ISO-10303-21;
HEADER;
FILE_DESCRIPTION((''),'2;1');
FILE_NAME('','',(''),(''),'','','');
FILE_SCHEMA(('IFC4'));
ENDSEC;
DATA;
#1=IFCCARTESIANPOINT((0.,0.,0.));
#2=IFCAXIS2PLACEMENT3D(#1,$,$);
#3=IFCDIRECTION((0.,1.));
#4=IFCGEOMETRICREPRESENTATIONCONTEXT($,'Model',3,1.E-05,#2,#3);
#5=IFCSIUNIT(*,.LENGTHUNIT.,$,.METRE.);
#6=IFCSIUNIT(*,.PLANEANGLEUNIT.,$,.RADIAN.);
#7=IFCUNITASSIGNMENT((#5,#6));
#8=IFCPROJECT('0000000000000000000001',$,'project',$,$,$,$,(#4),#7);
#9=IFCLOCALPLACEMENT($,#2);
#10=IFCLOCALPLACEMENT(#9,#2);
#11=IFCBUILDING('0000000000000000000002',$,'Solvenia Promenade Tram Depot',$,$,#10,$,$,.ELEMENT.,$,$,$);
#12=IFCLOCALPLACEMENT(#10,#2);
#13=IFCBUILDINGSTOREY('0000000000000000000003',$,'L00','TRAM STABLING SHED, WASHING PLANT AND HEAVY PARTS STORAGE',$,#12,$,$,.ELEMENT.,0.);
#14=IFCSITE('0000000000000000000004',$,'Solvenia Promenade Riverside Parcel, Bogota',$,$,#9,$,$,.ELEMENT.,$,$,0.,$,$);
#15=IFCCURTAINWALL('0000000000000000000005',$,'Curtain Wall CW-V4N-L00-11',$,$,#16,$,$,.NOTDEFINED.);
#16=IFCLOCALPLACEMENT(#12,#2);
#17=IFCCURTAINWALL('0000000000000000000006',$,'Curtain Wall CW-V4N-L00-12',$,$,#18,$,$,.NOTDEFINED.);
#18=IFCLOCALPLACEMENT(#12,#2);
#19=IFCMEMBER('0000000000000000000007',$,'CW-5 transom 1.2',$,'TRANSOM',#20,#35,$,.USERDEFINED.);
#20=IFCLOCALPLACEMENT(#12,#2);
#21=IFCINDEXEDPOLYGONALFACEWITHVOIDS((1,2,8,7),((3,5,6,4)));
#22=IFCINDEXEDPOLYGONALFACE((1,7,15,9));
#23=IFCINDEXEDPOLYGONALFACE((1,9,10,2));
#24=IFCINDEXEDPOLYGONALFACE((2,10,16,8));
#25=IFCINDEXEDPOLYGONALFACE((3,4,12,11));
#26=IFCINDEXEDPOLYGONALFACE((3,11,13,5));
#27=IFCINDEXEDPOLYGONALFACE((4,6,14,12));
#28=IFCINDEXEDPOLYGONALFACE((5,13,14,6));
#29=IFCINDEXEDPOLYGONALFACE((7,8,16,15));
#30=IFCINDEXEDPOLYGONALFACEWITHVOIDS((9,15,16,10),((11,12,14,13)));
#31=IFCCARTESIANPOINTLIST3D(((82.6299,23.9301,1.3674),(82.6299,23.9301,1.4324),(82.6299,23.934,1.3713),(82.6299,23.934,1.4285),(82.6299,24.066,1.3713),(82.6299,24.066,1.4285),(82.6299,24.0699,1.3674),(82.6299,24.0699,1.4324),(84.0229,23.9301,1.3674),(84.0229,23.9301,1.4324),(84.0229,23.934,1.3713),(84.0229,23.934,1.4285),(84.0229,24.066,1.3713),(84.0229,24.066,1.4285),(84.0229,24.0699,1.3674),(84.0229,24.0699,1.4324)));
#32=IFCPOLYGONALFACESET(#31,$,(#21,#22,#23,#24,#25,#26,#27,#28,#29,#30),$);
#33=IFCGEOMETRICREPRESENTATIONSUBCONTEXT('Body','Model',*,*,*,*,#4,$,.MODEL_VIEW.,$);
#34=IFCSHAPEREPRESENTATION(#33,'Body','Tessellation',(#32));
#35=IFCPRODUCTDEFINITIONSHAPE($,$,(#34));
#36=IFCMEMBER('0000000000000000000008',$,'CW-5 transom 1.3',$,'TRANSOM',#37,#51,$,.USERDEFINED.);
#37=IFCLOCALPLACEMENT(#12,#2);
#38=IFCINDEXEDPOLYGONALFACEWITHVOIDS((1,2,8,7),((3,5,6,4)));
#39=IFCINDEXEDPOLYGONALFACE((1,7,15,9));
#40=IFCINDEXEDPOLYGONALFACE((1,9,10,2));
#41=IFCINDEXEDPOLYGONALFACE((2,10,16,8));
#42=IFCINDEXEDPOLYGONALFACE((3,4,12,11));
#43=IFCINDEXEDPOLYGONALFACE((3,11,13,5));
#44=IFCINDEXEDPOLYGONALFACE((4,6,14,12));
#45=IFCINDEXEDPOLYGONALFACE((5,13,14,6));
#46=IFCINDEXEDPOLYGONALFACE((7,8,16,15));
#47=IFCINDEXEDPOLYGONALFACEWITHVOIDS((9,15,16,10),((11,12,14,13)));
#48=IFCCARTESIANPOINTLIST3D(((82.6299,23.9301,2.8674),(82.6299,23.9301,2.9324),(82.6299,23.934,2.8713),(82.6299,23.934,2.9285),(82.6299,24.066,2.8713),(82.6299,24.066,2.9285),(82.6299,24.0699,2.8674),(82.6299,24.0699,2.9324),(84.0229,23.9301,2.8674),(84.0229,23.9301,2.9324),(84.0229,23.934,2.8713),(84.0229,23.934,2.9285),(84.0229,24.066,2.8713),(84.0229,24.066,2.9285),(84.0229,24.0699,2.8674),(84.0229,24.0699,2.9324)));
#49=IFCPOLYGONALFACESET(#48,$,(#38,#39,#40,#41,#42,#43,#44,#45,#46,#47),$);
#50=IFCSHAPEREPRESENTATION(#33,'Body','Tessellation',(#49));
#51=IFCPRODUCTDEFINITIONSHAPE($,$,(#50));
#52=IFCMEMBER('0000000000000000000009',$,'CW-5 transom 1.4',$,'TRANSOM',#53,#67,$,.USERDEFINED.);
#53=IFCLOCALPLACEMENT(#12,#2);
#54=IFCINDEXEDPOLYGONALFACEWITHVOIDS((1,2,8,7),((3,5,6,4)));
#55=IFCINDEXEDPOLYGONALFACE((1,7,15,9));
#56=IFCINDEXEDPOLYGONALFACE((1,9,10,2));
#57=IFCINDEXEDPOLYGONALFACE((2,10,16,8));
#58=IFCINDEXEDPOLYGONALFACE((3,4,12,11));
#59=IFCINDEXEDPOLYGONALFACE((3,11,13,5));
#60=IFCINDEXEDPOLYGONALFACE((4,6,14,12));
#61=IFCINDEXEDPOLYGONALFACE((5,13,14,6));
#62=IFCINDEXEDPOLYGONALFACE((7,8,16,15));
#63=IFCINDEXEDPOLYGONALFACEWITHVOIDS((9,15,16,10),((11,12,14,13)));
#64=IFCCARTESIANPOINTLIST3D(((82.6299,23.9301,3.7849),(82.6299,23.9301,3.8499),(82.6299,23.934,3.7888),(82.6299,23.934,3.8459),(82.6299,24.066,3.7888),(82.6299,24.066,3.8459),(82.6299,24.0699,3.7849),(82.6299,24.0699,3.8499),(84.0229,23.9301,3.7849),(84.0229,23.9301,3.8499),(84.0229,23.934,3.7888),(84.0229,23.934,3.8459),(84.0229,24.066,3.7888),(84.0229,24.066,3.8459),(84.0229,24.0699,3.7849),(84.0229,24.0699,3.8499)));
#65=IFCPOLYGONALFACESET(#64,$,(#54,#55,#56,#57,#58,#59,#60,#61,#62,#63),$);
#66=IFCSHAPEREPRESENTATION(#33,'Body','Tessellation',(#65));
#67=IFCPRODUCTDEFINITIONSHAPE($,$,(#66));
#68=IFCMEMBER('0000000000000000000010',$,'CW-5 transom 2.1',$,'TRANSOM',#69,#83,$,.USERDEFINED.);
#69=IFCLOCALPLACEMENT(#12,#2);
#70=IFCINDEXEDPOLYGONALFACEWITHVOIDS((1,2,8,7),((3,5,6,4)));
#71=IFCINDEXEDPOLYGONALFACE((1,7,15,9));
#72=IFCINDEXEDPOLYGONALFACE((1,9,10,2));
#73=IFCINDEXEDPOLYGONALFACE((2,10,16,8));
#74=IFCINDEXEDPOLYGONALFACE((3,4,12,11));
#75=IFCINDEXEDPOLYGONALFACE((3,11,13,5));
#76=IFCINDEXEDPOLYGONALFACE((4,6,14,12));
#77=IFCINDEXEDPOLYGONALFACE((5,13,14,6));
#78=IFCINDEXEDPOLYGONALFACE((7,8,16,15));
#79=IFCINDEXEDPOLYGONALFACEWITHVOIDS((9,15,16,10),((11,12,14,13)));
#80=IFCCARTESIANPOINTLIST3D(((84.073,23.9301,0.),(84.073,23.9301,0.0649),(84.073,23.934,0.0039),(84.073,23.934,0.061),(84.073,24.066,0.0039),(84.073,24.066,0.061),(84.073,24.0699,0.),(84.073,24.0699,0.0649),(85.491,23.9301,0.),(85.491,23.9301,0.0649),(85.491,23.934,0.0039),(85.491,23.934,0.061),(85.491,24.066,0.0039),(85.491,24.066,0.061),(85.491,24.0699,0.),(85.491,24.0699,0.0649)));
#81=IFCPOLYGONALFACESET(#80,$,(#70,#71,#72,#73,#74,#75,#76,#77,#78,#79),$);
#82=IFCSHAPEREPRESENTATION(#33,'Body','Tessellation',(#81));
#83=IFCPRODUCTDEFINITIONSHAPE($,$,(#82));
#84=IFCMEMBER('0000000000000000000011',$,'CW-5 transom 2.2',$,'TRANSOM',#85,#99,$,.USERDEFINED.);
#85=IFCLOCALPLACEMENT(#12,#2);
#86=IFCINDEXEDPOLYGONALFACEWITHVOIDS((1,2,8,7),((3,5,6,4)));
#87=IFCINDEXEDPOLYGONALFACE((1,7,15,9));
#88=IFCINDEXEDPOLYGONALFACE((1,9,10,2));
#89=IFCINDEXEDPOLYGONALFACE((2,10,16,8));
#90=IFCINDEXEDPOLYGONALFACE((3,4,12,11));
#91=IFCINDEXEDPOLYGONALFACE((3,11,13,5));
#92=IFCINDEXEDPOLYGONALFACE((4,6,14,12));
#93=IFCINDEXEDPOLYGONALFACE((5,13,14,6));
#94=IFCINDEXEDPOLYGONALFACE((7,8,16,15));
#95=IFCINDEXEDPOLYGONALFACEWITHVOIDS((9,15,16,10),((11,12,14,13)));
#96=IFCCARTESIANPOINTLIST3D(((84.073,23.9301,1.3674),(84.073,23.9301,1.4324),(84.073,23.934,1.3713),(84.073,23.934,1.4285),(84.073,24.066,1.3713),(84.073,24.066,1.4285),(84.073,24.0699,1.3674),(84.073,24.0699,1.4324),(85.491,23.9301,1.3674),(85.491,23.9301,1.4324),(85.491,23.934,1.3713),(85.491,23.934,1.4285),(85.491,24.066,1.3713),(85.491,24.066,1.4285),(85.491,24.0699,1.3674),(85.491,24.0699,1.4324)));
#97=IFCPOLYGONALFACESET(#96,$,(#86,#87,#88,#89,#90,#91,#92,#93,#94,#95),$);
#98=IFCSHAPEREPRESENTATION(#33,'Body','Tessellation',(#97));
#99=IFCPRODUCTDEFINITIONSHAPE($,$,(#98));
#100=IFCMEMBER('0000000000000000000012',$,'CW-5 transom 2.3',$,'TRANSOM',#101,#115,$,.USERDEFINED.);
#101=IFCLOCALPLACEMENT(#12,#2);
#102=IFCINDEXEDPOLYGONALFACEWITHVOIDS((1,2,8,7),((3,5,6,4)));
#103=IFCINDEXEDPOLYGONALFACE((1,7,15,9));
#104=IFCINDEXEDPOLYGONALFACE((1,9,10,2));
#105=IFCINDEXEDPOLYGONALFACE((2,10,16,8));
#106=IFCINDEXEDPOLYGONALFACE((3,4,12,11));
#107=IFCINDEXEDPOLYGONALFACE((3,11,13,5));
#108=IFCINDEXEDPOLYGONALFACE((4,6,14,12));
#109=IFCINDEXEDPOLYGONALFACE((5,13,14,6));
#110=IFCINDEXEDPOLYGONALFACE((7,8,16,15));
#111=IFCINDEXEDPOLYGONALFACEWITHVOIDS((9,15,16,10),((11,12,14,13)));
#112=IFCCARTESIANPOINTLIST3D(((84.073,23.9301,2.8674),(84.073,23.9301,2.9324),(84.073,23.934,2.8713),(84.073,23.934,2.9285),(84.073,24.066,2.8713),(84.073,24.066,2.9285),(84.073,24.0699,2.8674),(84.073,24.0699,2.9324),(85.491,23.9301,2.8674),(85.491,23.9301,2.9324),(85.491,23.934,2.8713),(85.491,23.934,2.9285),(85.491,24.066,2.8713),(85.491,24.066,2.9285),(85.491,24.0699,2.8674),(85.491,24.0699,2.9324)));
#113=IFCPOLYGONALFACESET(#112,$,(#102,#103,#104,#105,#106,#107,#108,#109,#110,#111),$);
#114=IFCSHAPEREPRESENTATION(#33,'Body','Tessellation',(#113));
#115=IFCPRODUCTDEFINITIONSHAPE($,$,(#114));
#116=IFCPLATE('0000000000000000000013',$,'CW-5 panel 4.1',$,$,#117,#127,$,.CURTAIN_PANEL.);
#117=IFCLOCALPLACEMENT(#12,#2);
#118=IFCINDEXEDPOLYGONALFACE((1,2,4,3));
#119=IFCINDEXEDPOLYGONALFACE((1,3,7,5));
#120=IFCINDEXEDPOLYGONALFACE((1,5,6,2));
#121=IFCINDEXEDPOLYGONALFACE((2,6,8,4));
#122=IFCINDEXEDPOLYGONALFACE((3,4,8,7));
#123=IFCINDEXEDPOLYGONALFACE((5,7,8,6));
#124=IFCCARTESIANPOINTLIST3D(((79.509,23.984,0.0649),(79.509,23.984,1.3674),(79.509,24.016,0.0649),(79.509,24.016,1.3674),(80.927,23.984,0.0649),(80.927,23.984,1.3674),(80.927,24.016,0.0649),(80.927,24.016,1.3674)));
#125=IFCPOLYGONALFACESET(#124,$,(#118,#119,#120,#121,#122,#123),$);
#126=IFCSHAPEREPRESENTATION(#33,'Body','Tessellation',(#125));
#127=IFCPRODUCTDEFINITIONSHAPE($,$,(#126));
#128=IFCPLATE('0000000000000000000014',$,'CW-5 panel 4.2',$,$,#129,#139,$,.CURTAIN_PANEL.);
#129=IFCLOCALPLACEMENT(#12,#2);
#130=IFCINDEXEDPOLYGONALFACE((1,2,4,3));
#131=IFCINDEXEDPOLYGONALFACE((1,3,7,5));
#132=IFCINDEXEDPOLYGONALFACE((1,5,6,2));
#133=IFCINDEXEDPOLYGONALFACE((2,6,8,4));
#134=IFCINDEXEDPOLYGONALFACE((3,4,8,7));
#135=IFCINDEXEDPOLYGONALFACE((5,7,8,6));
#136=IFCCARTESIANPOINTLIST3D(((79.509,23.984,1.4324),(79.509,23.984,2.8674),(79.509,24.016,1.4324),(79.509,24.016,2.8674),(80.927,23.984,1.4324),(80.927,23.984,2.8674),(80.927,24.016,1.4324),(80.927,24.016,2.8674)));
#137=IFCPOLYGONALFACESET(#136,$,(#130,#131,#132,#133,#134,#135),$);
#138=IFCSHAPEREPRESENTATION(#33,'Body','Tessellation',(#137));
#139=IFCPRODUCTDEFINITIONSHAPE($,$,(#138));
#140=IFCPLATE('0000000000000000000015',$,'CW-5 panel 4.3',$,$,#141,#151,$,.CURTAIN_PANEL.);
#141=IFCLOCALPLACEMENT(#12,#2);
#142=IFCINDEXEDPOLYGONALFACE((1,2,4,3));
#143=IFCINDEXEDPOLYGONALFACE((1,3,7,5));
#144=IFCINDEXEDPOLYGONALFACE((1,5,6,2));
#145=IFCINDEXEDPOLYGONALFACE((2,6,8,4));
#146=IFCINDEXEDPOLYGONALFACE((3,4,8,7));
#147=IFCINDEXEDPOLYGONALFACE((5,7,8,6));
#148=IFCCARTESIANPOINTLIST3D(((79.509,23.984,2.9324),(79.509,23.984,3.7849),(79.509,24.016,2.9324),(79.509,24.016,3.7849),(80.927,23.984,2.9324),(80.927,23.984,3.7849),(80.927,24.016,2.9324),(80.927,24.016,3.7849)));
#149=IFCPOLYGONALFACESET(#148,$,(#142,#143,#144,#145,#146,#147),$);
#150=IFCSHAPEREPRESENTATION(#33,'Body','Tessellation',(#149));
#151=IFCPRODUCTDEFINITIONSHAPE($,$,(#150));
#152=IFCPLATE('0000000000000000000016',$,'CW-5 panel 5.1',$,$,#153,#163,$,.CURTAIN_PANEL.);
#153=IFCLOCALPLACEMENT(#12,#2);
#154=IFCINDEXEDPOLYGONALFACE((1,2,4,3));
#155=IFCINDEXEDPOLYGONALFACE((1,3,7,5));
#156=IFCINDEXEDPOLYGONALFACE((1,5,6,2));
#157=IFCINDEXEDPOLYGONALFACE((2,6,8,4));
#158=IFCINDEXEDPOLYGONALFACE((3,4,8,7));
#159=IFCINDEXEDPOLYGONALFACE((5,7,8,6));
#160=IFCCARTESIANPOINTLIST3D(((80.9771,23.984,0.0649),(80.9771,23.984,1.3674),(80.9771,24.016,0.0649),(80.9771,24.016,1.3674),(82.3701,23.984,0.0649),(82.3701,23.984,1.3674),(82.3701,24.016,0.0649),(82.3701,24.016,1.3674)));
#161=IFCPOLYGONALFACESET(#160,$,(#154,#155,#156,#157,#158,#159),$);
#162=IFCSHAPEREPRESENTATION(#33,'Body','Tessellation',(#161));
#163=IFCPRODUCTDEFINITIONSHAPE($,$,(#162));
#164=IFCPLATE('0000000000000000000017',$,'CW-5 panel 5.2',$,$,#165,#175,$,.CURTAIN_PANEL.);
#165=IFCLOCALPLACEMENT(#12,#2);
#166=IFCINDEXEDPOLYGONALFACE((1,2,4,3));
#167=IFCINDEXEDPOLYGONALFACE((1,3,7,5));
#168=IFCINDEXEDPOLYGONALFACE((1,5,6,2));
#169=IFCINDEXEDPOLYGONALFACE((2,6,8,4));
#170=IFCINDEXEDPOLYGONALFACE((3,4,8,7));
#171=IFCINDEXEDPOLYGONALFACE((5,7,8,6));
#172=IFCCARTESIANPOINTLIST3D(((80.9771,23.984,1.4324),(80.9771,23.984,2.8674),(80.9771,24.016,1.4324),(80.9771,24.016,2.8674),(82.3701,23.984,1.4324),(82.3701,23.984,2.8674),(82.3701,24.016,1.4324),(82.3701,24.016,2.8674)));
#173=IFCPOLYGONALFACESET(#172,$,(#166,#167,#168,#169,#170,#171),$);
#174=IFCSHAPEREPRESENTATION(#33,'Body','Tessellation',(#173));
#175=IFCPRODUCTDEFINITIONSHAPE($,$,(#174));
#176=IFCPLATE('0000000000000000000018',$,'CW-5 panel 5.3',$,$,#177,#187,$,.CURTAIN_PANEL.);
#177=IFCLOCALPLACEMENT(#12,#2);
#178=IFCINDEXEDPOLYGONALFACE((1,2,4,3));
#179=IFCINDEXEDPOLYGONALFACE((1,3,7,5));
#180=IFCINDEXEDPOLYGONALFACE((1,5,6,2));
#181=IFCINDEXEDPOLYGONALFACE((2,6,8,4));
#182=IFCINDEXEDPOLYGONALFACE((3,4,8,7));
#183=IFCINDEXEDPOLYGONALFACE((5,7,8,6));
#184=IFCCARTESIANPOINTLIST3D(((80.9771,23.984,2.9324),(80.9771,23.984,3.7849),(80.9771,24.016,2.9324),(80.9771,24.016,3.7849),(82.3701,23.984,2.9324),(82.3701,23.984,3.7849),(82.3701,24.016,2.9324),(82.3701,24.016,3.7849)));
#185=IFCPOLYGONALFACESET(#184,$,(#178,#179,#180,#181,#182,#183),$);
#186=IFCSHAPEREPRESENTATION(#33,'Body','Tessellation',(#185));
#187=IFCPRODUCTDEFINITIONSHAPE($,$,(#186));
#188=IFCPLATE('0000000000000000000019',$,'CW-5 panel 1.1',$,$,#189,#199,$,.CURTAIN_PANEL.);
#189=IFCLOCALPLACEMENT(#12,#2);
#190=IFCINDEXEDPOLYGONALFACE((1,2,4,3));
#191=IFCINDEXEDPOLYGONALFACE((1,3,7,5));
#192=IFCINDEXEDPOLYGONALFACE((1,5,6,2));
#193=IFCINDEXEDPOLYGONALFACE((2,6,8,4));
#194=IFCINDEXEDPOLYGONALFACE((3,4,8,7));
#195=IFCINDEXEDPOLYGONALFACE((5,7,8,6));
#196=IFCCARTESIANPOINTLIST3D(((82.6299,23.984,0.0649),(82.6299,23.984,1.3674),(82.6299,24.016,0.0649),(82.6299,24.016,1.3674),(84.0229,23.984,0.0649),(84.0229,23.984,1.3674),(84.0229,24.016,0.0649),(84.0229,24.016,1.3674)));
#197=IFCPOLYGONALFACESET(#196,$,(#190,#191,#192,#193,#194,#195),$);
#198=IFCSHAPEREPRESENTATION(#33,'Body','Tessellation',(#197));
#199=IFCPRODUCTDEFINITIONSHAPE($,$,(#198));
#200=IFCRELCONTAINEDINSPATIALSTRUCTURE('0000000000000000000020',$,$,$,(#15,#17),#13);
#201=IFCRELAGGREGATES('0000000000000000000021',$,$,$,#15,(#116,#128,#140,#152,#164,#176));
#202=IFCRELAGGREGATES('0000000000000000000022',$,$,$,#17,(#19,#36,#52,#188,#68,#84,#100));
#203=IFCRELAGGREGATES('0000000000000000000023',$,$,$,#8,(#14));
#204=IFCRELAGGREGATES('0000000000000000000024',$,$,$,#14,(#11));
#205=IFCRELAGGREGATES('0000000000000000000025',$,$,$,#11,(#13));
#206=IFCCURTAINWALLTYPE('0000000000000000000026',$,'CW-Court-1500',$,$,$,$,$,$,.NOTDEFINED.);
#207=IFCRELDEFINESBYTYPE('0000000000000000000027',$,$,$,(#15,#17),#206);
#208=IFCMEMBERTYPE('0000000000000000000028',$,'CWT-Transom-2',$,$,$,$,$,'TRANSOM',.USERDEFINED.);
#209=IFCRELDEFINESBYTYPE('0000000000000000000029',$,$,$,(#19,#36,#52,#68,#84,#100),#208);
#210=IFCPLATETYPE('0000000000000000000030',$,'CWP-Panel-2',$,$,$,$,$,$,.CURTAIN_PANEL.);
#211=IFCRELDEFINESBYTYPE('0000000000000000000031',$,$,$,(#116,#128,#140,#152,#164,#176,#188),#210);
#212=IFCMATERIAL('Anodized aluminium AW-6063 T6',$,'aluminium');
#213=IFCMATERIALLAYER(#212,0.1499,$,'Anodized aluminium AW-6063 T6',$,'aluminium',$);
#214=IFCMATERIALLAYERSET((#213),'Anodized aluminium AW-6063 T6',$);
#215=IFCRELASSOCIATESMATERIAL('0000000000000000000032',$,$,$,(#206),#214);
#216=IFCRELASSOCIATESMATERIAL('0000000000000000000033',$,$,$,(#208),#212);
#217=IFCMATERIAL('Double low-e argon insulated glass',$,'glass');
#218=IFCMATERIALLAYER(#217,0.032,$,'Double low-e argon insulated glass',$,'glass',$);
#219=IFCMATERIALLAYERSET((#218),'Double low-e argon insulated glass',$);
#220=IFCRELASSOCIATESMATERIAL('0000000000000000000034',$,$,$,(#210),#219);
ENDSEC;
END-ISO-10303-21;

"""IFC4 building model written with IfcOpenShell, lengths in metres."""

from ifc_helpers import new_model, si_unit, direction, frame, origin, origin_2d, place, context, subcontext, project, spatial, rectangle, hollow_rectangle, extrude, material, layer, layer_set, material_profile, profile_set, type_object, element, aggregate, save


model = new_model("IFC4")

# Units and contexts
model_context = context("Model", 3, precision=1e-05, world=origin(), true_north=direction((0.0, 1.0)))
body_context = subcontext(model_context, "Body", "Model", "MODEL_VIEW")
ifc_project = project(units=[si_unit("LENGTHUNIT", "METRE"), si_unit("PLANEANGLEUNIT", "RADIAN")], contexts=[model_context])

# Site, building, storey
site_placement = place(None, origin())
site = spatial("IfcSite", under=ifc_project, at=site_placement, Name="Solvenia Promenade Riverside Parcel, Bogota", CompositionType="ELEMENT", RefElevation=0.0)
building_placement = place(site_placement, origin())
building = spatial("IfcBuilding", under=site, at=building_placement, Name="Solvenia Promenade Tram Depot", CompositionType="ELEMENT")
storey_placement = place(building_placement, origin())
storey = spatial("IfcBuildingStorey", under=building, at=storey_placement, Name="L00", Description="TRAM STABLING SHED, WASHING PLANT AND HEAVY PARTS STORAGE", CompositionType="ELEMENT", Elevation=0.0)

# Curtain walls
ifc_material_1 = material(Name="Anodized aluminium AW-6063 T6", Category="aluminium")
ifc_layer_1 = layer(ifc_material_1, 0.1499, Name="Anodized aluminium AW-6063 T6", Category="aluminium")
ifc_layer_set_1 = layer_set([ifc_layer_1], Name="Anodized aluminium AW-6063 T6")
curtain_wall_type = type_object("IfcCurtainWallType", Name="CW-Court-1500", PredefinedType="NOTDEFINED", material=ifc_layer_set_1)
curtain_wall_1_placement = place(storey_placement, origin())
curtain_wall_1 = element("IfcCurtainWall", 1, at=curtain_wall_1_placement, inside=storey, type_object=curtain_wall_type, Name="Curtain Wall CW-V4N-L00-11", PredefinedType="NOTDEFINED")
curtain_wall_2_placement = place(storey_placement, origin())
curtain_wall_2 = element("IfcCurtainWall", 2, at=curtain_wall_2_placement, inside=storey, type_object=curtain_wall_type, Name="Curtain Wall CW-V4N-L00-12", PredefinedType="NOTDEFINED")

# Members
ifc_material_profile_1 = material_profile(ifc_material_1, hollow_rectangle(XDim=0.1399, YDim=0.0649, WallThickness=0.0039, at=origin_2d()), Name="ALU-T2", Category="aluminium")
ifc_profile_set_1 = profile_set([ifc_material_profile_1], Name="Anodized aluminium AW-6063 T6")
member_type_1 = type_object("IfcMemberType", Name="CWT-Transom-2", ElementType="TRANSOM", PredefinedType="USERDEFINED", material=ifc_profile_set_1)
member_1_placement = place(storey_placement, frame((82.6299, 24.0, 1.3999), z_axis=(1.0, 0.0, 0.0), x_axis=(0.0, 1.0, 0.0)))
member_1 = element("IfcMember", 3, at=member_1_placement, type_object=member_type_1, Name="CW-5 transom 1.2", ObjectType="TRANSOM", PredefinedType="USERDEFINED", context=body_context, shape_type="SweptSolid", body=[
    extrude(hollow_rectangle(XDim=0.1399, YDim=0.0649, WallThickness=0.0039, at=origin_2d()), origin(), (0.0, 0.0, 1.0), 1.3931),
])
member_2_placement = place(storey_placement, frame((82.6299, 24.0, 2.8999), z_axis=(1.0, 0.0, 0.0), x_axis=(0.0, 1.0, 0.0)))
member_2 = element("IfcMember", 4, at=member_2_placement, type_object=member_type_1, Name="CW-5 transom 1.3", ObjectType="TRANSOM", PredefinedType="USERDEFINED", context=body_context, shape_type="SweptSolid", body=[
    extrude(hollow_rectangle(XDim=0.1399, YDim=0.0649, WallThickness=0.0039, at=origin_2d()), origin(), (0.0, 0.0, 1.0), 1.3931),
])
member_3_placement = place(storey_placement, frame((82.6299, 24.0, 3.8174), z_axis=(1.0, 0.0, 0.0), x_axis=(0.0, 1.0, 0.0)))
member_3 = element("IfcMember", 5, at=member_3_placement, type_object=member_type_1, Name="CW-5 transom 1.4", ObjectType="TRANSOM", PredefinedType="USERDEFINED", context=body_context, shape_type="SweptSolid", body=[
    extrude(hollow_rectangle(XDim=0.1399, YDim=0.0649, WallThickness=0.0039, at=origin_2d()), origin(), (0.0, 0.0, 1.0), 1.3931),
])
member_4_placement = place(storey_placement, frame((84.073, 24.0, 0.0325), z_axis=(1.0, 0.0, 0.0), x_axis=(0.0, 1.0, 0.0)))
member_4 = element("IfcMember", 6, at=member_4_placement, type_object=member_type_1, Name="CW-5 transom 2.1", ObjectType="TRANSOM", PredefinedType="USERDEFINED", context=body_context, shape_type="SweptSolid", body=[
    extrude(hollow_rectangle(XDim=0.1399, YDim=0.0649, WallThickness=0.0039, at=origin_2d()), origin(), (0.0, 0.0, 1.0), 1.418),
])
member_5_placement = place(storey_placement, frame((84.073, 24.0, 1.3999), z_axis=(1.0, 0.0, 0.0), x_axis=(0.0, 1.0, 0.0)))
member_5 = element("IfcMember", 7, at=member_5_placement, type_object=member_type_1, Name="CW-5 transom 2.2", ObjectType="TRANSOM", PredefinedType="USERDEFINED", context=body_context, shape_type="SweptSolid", body=[
    extrude(hollow_rectangle(XDim=0.1399, YDim=0.0649, WallThickness=0.0039, at=origin_2d()), origin(), (0.0, 0.0, 1.0), 1.418),
])
member_6_placement = place(storey_placement, frame((84.073, 24.0, 2.8999), z_axis=(1.0, 0.0, 0.0), x_axis=(0.0, 1.0, 0.0)))
member_6 = element("IfcMember", 8, at=member_6_placement, type_object=member_type_1, Name="CW-5 transom 2.3", ObjectType="TRANSOM", PredefinedType="USERDEFINED", context=body_context, shape_type="SweptSolid", body=[
    extrude(hollow_rectangle(XDim=0.1399, YDim=0.0649, WallThickness=0.0039, at=origin_2d()), origin(), (0.0, 0.0, 1.0), 1.418),
])

# Plates
ifc_material_2 = material(Name="Double low-e argon insulated glass", Category="glass")
ifc_layer_2 = layer(ifc_material_2, 0.032, Name="Double low-e argon insulated glass", Category="glass")
ifc_layer_set_2 = layer_set([ifc_layer_2], Name="Double low-e argon insulated glass")
plate_type = type_object("IfcPlateType", Name="CWP-Panel-2", PredefinedType="CURTAIN_PANEL", material=ifc_layer_set_2)
plate_1_placement = place(storey_placement, frame((80.218, 24.0, 0.0649), z_axis=(0.0, 0.0, 1.0), x_axis=(1.0, 0.0, 0.0)))
plate_1 = element("IfcPlate", 9, at=plate_1_placement, type_object=plate_type, Name="CW-5 panel 4.1", PredefinedType="CURTAIN_PANEL", context=body_context, shape_type="SweptSolid", body=[
    extrude(rectangle(XDim=1.418, YDim=0.032, at=origin_2d()), origin(), (0.0, 0.0, 1.0), 1.3025),
])
plate_2_placement = place(storey_placement, frame((80.218, 24.0, 1.4324), z_axis=(0.0, 0.0, 1.0), x_axis=(1.0, 0.0, 0.0)))
plate_2 = element("IfcPlate", 10, at=plate_2_placement, type_object=plate_type, Name="CW-5 panel 4.2", PredefinedType="CURTAIN_PANEL", context=body_context, shape_type="SweptSolid", body=[
    extrude(rectangle(XDim=1.418, YDim=0.032, at=origin_2d()), origin(), (0.0, 0.0, 1.0), 1.4351),
])
plate_3_placement = place(storey_placement, frame((80.218, 24.0, 2.9324), z_axis=(0.0, 0.0, 1.0), x_axis=(1.0, 0.0, 0.0)))
plate_3 = element("IfcPlate", 11, at=plate_3_placement, type_object=plate_type, Name="CW-5 panel 4.3", PredefinedType="CURTAIN_PANEL", context=body_context, shape_type="SweptSolid", body=[
    extrude(rectangle(XDim=1.418, YDim=0.032, at=origin_2d()), origin(), (0.0, 0.0, 1.0), 0.8525),
])
plate_4_placement = place(storey_placement, frame((81.6736, 24.0, 0.0649), z_axis=(0.0, 0.0, 1.0), x_axis=(1.0, 0.0, 0.0)))
plate_4 = element("IfcPlate", 12, at=plate_4_placement, type_object=plate_type, Name="CW-5 panel 5.1", PredefinedType="CURTAIN_PANEL", context=body_context, shape_type="SweptSolid", body=[
    extrude(rectangle(XDim=1.3931, YDim=0.032, at=origin_2d()), origin(), (0.0, 0.0, 1.0), 1.3025),
])
plate_5_placement = place(storey_placement, frame((81.6736, 24.0, 1.4324), z_axis=(0.0, 0.0, 1.0), x_axis=(1.0, 0.0, 0.0)))
plate_5 = element("IfcPlate", 13, at=plate_5_placement, type_object=plate_type, Name="CW-5 panel 5.2", PredefinedType="CURTAIN_PANEL", context=body_context, shape_type="SweptSolid", body=[
    extrude(rectangle(XDim=1.3931, YDim=0.032, at=origin_2d()), origin(), (0.0, 0.0, 1.0), 1.4351),
])
plate_6_placement = place(storey_placement, frame((81.6736, 24.0, 2.9324), z_axis=(0.0, 0.0, 1.0), x_axis=(1.0, 0.0, 0.0)))
plate_6 = element("IfcPlate", 14, at=plate_6_placement, type_object=plate_type, Name="CW-5 panel 5.3", PredefinedType="CURTAIN_PANEL", context=body_context, shape_type="SweptSolid", body=[
    extrude(rectangle(XDim=1.3931, YDim=0.032, at=origin_2d()), origin(), (0.0, 0.0, 1.0), 0.8525),
])
aggregate(curtain_wall_1, [plate_1, plate_2, plate_3, plate_4, plate_5, plate_6])
plate_7_placement = place(storey_placement, frame((83.3264, 24.0, 0.0649), z_axis=(0.0, 0.0, 1.0), x_axis=(1.0, 0.0, 0.0)))
plate_7 = element("IfcPlate", 15, at=plate_7_placement, type_object=plate_type, Name="CW-5 panel 1.1", PredefinedType="CURTAIN_PANEL", context=body_context, shape_type="SweptSolid", body=[
    extrude(rectangle(XDim=1.3931, YDim=0.032, at=origin_2d()), origin(), (0.0, 0.0, 1.0), 1.3025),
])
aggregate(curtain_wall_2, [member_1, member_2, member_3, plate_7, member_4, member_5, member_6])

save(model, "model.ifc")
